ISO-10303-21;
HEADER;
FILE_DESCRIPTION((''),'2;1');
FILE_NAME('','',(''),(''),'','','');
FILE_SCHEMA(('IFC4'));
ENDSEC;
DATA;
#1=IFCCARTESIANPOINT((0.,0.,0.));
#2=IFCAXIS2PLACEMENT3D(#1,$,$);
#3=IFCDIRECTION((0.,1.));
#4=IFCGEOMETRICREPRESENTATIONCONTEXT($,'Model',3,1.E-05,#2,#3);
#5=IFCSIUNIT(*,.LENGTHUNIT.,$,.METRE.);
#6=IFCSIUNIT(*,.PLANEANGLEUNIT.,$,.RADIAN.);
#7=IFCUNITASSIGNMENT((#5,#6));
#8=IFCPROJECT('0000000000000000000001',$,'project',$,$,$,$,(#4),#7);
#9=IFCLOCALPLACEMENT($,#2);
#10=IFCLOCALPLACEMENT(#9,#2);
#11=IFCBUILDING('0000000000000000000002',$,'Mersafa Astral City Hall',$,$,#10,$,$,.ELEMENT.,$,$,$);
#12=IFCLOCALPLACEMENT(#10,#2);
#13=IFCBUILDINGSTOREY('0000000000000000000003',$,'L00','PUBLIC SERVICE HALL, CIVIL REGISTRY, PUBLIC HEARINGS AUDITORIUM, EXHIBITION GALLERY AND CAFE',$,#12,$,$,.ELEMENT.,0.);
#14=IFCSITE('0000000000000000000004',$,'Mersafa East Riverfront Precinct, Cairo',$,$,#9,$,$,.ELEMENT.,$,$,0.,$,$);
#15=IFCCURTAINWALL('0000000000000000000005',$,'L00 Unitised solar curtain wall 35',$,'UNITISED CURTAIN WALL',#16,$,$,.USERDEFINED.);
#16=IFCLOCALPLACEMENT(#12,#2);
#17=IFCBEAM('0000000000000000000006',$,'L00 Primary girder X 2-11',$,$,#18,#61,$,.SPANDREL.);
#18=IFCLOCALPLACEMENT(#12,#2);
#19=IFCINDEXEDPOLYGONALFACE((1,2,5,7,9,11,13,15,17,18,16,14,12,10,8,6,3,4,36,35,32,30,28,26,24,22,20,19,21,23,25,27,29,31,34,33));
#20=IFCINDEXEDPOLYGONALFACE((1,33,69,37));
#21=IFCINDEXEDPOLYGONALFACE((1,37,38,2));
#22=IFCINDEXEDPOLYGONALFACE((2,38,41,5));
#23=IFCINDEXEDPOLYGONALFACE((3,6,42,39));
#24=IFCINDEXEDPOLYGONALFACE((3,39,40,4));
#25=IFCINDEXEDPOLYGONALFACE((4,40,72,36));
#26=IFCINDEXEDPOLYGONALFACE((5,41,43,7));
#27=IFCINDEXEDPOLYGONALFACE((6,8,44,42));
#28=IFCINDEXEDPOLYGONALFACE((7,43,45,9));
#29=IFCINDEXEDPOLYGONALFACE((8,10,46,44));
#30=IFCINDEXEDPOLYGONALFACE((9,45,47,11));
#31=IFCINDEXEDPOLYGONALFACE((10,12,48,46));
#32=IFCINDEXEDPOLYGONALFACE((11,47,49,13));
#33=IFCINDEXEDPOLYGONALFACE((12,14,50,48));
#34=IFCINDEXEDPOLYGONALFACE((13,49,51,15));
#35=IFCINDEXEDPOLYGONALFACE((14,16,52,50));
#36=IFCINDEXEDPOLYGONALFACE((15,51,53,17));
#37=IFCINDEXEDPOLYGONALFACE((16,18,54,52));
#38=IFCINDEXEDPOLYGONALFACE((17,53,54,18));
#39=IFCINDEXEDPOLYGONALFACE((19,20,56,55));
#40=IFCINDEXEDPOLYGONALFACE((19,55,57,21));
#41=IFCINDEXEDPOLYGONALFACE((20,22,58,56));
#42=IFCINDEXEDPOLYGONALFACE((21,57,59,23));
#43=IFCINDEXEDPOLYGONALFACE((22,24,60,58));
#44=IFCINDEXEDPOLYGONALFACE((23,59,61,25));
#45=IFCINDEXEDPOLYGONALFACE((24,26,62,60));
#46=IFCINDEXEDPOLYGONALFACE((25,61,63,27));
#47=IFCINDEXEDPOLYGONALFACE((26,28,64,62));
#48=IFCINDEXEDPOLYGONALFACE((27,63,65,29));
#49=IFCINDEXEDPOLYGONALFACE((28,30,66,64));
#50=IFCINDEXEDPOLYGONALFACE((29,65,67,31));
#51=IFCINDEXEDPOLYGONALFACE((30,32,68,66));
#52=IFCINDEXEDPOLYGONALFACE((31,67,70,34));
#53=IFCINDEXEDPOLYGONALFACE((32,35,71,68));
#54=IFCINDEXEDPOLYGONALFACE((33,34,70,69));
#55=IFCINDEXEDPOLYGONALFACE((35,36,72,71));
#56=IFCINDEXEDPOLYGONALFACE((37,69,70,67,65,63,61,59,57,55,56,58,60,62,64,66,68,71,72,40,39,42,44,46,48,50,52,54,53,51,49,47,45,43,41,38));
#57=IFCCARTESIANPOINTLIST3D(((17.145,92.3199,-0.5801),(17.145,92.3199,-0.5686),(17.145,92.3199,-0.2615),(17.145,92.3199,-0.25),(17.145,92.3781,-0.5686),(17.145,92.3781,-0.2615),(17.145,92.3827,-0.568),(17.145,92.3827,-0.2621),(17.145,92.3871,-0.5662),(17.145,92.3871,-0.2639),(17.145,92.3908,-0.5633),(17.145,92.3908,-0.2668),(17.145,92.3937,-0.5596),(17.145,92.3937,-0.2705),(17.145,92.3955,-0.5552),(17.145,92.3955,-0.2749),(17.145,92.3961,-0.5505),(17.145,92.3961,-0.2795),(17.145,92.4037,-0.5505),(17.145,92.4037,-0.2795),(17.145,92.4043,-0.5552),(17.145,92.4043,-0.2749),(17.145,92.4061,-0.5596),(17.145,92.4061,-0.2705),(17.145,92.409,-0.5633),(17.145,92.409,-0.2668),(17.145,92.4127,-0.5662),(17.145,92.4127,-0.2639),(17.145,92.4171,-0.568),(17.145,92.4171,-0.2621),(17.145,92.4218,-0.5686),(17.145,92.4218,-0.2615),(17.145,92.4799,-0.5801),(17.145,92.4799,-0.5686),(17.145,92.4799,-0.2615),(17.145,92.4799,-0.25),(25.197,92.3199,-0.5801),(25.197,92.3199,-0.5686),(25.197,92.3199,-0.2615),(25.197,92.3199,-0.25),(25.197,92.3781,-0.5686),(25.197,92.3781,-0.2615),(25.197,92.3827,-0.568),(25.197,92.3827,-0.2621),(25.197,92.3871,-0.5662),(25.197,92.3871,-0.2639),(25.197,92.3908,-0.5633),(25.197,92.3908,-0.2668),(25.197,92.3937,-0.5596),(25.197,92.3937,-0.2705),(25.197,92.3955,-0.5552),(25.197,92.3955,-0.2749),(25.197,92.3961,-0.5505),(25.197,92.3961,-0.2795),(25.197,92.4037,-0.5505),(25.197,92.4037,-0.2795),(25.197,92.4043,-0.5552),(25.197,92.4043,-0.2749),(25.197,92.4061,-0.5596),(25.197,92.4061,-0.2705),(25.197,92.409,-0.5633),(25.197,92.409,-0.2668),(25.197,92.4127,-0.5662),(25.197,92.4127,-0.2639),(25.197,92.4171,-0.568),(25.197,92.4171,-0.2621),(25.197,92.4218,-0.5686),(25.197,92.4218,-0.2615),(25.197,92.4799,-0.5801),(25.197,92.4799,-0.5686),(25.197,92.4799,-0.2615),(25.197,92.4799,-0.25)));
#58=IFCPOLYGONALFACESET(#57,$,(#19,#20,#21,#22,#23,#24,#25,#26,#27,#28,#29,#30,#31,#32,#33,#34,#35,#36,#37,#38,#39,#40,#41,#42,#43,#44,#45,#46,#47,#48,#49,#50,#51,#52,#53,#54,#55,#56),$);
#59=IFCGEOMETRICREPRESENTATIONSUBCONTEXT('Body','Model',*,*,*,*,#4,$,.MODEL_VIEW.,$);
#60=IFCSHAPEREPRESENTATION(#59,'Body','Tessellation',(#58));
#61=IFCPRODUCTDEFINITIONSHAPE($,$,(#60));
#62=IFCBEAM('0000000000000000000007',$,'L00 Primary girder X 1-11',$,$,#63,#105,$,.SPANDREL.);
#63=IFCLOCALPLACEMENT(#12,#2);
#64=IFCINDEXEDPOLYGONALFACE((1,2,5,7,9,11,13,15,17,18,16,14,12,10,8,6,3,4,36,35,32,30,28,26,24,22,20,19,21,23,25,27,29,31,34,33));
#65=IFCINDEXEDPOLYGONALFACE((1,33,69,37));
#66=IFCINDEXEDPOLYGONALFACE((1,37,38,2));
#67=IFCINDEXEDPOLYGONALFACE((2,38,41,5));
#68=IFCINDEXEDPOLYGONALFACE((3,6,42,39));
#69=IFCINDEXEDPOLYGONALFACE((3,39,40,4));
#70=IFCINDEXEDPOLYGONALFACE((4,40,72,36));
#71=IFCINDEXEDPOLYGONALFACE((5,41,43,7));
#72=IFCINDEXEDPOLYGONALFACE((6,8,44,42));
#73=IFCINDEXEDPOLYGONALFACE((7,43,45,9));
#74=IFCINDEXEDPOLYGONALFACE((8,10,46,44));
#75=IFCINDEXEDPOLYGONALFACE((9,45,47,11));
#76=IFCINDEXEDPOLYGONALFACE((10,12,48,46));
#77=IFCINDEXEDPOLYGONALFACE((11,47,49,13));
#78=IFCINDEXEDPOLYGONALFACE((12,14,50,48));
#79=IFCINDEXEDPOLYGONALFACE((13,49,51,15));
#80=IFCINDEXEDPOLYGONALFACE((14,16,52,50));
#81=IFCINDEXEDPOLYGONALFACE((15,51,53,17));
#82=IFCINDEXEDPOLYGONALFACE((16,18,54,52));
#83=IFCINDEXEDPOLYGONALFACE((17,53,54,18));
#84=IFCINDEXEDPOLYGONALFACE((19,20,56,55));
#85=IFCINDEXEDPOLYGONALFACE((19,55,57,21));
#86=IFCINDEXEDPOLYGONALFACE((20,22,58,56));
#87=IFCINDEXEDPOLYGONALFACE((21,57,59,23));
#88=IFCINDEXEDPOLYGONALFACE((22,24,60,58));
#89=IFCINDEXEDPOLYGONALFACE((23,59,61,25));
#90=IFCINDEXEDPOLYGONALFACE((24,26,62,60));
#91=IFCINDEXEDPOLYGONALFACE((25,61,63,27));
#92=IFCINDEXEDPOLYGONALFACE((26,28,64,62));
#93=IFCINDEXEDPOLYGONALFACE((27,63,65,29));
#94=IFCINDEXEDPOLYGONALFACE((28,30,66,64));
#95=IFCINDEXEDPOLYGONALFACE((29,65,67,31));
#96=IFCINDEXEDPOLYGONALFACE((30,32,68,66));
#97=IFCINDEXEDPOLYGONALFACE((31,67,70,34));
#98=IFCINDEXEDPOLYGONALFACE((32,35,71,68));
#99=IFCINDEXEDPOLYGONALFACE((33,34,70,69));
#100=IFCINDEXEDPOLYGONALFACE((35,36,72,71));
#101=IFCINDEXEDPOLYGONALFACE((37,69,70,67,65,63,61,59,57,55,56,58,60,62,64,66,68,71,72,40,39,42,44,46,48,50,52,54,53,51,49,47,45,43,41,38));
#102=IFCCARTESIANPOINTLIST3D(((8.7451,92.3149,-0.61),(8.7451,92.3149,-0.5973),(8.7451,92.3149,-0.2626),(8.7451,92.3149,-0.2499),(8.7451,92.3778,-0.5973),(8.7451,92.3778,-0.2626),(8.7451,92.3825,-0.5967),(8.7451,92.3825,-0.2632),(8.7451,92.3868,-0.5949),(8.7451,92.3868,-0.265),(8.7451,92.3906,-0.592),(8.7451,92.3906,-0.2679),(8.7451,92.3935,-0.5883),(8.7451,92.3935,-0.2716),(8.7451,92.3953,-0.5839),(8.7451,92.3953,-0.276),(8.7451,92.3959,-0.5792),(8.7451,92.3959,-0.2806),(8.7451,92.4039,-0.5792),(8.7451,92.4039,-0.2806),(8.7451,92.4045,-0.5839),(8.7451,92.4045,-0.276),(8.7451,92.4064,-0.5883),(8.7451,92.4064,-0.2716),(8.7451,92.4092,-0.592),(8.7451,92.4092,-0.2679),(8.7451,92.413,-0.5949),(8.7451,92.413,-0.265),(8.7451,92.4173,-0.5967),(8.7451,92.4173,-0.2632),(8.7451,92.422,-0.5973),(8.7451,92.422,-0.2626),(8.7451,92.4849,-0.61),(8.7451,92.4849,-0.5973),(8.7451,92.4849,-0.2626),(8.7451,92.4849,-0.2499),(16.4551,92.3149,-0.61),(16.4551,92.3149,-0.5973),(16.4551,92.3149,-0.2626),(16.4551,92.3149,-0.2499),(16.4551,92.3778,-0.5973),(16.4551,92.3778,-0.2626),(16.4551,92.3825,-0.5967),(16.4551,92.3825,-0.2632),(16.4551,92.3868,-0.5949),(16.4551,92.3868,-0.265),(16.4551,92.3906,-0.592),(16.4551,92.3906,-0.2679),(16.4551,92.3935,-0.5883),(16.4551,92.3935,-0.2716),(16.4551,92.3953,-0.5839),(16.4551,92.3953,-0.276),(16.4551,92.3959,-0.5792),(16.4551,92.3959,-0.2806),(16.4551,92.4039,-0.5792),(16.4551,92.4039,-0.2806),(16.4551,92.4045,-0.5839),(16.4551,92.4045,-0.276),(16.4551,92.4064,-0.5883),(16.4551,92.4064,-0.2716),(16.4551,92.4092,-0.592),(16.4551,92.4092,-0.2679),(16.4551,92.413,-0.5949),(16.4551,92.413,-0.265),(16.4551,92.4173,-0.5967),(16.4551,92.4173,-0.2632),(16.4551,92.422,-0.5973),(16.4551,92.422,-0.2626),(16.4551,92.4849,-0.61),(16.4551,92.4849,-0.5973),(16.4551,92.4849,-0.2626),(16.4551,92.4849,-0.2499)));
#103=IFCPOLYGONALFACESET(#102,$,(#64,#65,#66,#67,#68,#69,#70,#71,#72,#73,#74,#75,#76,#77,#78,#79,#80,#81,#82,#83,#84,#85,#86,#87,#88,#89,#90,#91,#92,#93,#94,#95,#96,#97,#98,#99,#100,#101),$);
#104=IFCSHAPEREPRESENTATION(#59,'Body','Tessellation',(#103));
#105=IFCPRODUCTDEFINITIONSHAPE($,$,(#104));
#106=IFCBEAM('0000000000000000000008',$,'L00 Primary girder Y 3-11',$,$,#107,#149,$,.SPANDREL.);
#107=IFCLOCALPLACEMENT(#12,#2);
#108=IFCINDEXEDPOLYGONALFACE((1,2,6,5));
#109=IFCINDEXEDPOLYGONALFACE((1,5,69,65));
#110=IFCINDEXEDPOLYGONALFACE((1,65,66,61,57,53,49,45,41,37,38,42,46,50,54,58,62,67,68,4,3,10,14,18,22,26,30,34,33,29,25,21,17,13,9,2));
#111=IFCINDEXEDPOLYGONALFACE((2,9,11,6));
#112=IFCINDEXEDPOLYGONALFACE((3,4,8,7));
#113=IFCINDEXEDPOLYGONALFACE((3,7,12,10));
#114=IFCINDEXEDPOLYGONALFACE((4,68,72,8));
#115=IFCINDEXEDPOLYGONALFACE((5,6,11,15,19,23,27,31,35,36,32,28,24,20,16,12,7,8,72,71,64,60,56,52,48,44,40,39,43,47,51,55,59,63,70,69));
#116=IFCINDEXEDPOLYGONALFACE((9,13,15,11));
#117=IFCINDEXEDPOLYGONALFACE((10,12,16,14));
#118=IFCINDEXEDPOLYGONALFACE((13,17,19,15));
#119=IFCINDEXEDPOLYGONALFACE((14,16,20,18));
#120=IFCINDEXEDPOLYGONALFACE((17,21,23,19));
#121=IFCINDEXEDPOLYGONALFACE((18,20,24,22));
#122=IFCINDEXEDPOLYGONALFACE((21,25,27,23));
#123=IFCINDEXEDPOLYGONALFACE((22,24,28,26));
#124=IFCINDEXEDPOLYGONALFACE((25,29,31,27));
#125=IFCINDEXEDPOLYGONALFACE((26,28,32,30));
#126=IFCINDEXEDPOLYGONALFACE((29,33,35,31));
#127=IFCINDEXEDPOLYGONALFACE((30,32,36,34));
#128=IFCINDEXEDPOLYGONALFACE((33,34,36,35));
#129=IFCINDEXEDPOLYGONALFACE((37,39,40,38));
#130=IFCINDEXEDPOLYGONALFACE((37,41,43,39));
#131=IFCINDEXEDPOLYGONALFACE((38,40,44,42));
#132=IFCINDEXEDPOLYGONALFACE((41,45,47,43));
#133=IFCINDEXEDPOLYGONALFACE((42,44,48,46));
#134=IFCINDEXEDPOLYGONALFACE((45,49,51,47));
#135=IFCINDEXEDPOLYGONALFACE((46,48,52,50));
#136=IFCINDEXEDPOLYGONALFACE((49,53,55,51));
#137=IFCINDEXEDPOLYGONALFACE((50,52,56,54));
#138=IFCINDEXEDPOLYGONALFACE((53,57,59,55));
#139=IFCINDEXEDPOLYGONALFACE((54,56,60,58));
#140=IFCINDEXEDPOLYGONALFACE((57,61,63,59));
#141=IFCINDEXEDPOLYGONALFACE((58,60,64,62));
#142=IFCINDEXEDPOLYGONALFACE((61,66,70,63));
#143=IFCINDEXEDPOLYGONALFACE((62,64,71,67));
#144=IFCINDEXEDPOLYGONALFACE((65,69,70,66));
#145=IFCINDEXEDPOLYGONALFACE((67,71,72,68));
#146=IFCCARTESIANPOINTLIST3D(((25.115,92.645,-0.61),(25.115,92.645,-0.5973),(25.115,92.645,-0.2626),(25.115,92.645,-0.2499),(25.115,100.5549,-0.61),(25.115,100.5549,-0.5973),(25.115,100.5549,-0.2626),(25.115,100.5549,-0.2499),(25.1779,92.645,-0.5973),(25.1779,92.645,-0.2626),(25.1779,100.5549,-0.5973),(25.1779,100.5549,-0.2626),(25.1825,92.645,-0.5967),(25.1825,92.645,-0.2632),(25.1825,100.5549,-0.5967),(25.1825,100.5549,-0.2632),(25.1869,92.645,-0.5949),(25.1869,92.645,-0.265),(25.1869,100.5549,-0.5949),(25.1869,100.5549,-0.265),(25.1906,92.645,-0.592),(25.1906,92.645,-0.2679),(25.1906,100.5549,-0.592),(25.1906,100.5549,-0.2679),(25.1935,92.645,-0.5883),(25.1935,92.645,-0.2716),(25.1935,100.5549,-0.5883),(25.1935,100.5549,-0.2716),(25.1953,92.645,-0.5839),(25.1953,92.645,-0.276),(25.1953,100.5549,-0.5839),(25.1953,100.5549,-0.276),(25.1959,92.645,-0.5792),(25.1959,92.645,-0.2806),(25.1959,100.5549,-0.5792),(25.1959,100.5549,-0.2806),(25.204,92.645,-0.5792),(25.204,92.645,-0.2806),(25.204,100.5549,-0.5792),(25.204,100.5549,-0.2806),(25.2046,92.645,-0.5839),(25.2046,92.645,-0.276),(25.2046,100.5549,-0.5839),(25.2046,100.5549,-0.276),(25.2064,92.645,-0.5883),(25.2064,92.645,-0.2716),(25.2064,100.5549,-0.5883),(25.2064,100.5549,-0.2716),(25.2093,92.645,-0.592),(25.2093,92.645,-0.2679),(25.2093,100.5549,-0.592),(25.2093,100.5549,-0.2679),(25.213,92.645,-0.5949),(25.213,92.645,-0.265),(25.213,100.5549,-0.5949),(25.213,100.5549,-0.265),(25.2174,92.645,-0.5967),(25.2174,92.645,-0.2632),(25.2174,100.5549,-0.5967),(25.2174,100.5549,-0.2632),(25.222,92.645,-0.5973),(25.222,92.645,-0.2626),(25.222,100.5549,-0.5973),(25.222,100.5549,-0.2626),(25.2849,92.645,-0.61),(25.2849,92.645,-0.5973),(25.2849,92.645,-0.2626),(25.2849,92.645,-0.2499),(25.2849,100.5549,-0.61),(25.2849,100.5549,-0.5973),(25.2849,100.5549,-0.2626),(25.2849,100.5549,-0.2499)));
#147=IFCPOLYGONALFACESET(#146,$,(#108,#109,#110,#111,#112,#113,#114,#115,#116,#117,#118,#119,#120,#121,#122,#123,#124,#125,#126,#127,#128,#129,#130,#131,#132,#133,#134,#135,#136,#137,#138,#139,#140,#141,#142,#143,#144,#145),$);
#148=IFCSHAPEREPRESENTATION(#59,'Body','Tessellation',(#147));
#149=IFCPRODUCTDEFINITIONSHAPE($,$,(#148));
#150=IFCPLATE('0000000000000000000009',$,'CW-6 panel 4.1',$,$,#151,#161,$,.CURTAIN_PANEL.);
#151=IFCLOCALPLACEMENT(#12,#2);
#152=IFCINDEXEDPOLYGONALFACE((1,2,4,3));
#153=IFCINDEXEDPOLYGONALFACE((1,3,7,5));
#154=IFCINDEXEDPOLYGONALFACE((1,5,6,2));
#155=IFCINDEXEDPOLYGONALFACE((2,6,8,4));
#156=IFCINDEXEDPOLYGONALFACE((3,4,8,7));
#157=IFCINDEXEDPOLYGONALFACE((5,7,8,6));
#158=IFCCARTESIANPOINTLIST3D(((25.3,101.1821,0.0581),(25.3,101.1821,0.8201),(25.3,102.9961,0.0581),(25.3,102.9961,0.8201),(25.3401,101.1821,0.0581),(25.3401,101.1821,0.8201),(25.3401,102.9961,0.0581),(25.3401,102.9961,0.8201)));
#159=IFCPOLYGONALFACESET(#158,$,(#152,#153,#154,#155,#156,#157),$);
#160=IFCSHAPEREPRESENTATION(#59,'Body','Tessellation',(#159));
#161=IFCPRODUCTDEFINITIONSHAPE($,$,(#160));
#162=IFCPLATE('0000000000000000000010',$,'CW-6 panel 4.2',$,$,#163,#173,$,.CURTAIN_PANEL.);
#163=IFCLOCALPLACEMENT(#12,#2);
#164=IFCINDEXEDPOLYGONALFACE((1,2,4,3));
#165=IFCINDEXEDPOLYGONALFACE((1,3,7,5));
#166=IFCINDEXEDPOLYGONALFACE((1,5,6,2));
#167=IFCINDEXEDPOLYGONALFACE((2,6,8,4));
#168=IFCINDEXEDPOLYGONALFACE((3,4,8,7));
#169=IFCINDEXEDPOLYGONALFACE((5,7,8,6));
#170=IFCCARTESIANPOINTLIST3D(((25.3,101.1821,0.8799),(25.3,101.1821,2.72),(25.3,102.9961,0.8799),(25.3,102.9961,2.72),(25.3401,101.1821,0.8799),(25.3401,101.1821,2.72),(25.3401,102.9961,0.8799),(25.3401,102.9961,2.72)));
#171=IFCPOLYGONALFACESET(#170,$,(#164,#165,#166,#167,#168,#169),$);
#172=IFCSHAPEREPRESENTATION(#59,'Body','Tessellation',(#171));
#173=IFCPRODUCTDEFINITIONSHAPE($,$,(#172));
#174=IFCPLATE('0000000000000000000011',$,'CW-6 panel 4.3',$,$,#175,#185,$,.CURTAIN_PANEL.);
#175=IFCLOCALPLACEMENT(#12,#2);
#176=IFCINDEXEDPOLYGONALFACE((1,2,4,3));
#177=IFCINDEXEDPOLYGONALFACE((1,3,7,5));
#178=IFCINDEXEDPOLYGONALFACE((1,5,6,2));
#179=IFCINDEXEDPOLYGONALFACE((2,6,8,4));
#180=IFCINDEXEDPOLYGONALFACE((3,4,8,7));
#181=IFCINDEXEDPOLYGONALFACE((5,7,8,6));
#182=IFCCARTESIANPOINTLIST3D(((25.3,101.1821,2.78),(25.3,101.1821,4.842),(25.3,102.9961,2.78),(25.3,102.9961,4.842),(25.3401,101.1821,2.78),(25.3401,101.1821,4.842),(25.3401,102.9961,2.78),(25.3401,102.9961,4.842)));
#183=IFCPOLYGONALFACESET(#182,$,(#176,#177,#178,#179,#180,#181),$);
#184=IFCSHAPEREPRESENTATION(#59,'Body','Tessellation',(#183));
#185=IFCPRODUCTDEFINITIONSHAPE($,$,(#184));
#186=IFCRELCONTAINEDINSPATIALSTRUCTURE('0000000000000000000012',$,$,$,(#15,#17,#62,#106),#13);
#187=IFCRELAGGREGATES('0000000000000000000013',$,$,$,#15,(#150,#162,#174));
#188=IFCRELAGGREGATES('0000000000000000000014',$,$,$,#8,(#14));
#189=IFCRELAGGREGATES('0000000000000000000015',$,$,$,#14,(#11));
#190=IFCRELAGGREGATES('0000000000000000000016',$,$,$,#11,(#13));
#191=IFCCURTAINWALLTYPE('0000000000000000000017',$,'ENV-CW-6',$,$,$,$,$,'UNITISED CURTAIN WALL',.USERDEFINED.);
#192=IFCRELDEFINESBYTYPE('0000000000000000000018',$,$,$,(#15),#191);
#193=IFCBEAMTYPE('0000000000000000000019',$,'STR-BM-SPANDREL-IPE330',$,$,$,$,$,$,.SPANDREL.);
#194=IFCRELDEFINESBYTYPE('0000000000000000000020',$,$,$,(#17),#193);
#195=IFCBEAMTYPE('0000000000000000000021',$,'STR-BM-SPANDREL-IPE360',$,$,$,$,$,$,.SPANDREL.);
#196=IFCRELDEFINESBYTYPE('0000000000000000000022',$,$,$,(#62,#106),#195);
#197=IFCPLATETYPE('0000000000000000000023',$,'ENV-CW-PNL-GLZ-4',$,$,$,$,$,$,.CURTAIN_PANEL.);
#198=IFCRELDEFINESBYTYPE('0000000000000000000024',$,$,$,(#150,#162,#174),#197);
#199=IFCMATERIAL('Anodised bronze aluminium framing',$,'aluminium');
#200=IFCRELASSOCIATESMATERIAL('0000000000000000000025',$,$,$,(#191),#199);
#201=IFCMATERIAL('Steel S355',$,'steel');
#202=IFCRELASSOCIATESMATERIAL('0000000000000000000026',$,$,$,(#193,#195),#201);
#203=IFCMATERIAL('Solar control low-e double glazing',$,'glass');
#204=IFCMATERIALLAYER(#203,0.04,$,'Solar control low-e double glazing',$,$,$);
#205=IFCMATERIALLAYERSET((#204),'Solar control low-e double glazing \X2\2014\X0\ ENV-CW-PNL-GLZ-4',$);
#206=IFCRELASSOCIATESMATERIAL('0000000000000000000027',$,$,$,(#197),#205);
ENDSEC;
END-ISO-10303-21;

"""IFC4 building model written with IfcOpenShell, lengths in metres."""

from ifc_helpers import new_model, si_unit, direction, frame, origin, origin_2d, place, context, subcontext, project, spatial, rectangle, i_section, extrude, material, layer, layer_set, material_profile, profile_set, type_object, element, aggregate, save


model = new_model("IFC4")

# Units and contexts
model_context = context("Model", 3, precision=1e-05, world=origin(), true_north=direction((0.0, 1.0)))
body_context = subcontext(model_context, "Body", "Model", "MODEL_VIEW")
ifc_project = project(units=[si_unit("LENGTHUNIT", "METRE"), si_unit("PLANEANGLEUNIT", "RADIAN")], contexts=[model_context])

# Site, building, storey
site_placement = place(None, origin())
site = spatial("IfcSite", under=ifc_project, at=site_placement, Name="Mersafa East Riverfront Precinct, Cairo", CompositionType="ELEMENT", RefElevation=0.0)
building_placement = place(site_placement, origin())
building = spatial("IfcBuilding", under=site, at=building_placement, Name="Mersafa Astral City Hall", CompositionType="ELEMENT")
storey_placement = place(building_placement, origin())
storey = spatial("IfcBuildingStorey", under=building, at=storey_placement, Name="L00", Description="PUBLIC SERVICE HALL, CIVIL REGISTRY, PUBLIC HEARINGS AUDITORIUM, EXHIBITION GALLERY AND CAFE", CompositionType="ELEMENT", Elevation=0.0)

# Shared definitions
ifc_material_1 = material(Name="Steel S355", Category="steel")

# Curtain wall
ifc_material_2 = material(Name="Anodised bronze aluminium framing", Category="aluminium")
curtain_wall_type = type_object("IfcCurtainWallType", Name="ENV-CW-6", ElementType="UNITISED CURTAIN WALL", PredefinedType="USERDEFINED", material=ifc_material_2)
curtain_wall_placement = place(storey_placement, origin())
curtain_wall = element("IfcCurtainWall", 1, at=curtain_wall_placement, inside=storey, type_object=curtain_wall_type, Name="L00 Unitised solar curtain wall 35", ObjectType="UNITISED CURTAIN WALL", PredefinedType="USERDEFINED")

# Beams
ifc_material_profile_1 = material_profile(ifc_material_1, i_section(OverallWidth=0.1599, OverallDepth=0.3301, WebThickness=0.0076, FlangeThickness=0.0115, FilletRadius=0.0181, at=origin_2d()), Name="IPE 330")
ifc_profile_set_1 = profile_set([ifc_material_profile_1], Name="Steel S355")
beam_type_1 = type_object("IfcBeamType", Name="STR-BM-SPANDREL-IPE330", PredefinedType="SPANDREL", material=ifc_profile_set_1)
beam_1_placement = place(storey_placement, frame((17.145, 92.3999, -0.415), z_axis=(1.0, 0.0, 0.0), x_axis=(0.0, 1.0, 0.0)))
element("IfcBeam", 2, at=beam_1_placement, inside=storey, type_object=beam_type_1, Name="L00 Primary girder X 2-11", PredefinedType="SPANDREL", context=body_context, shape_type="SweptSolid", body=[
    extrude(i_section(OverallWidth=0.1599, OverallDepth=0.3301, WebThickness=0.0076, FlangeThickness=0.0115, FilletRadius=0.0181, at=origin_2d()), origin(), (0.0, 0.0, 1.0), 8.052),
])
ifc_material_profile_2 = material_profile(ifc_material_1, i_section(OverallWidth=0.1699, OverallDepth=0.3601, WebThickness=0.0081, FlangeThickness=0.0127, FilletRadius=0.0181, at=origin_2d()), Name="IPE 360")
ifc_profile_set_2 = profile_set([ifc_material_profile_2], Name="Steel S355")
beam_type_2 = type_object("IfcBeamType", Name="STR-BM-SPANDREL-IPE360", PredefinedType="SPANDREL", material=ifc_profile_set_2)
beam_2_placement = place(storey_placement, frame((8.7451, 92.3999, -0.4299), z_axis=(1.0, 0.0, 0.0), x_axis=(0.0, 1.0, 0.0)))
element("IfcBeam", 3, at=beam_2_placement, inside=storey, type_object=beam_type_2, Name="L00 Primary girder X 1-11", PredefinedType="SPANDREL", context=body_context, shape_type="SweptSolid", body=[
    extrude(i_section(OverallWidth=0.1699, OverallDepth=0.3601, WebThickness=0.0081, FlangeThickness=0.0127, FilletRadius=0.0181, at=origin_2d()), origin(), (0.0, 0.0, 1.0), 7.71),
])
beam_3_placement = place(storey_placement, frame((25.2, 92.645, -0.4299), z_axis=(0.0, 1.0, 0.0), x_axis=(-1.0, 0.0, 0.0)))
element("IfcBeam", 4, at=beam_3_placement, inside=storey, type_object=beam_type_2, Name="L00 Primary girder Y 3-11", PredefinedType="SPANDREL", context=body_context, shape_type="SweptSolid", body=[
    extrude(i_section(OverallWidth=0.1699, OverallDepth=0.3601, WebThickness=0.0081, FlangeThickness=0.0127, FilletRadius=0.0181, at=origin_2d()), origin(), (0.0, 0.0, 1.0), 7.9099),
])

# Plates
ifc_material_3 = material(Name="Solar control low-e double glazing", Category="glass")
ifc_layer_1 = layer(ifc_material_3, 0.04, Name="Solar control low-e double glazing")
ifc_layer_set_1 = layer_set([ifc_layer_1], Name="Solar control low-e double glazing — ENV-CW-PNL-GLZ-4")
plate_type = type_object("IfcPlateType", Name="ENV-CW-PNL-GLZ-4", PredefinedType="CURTAIN_PANEL", material=ifc_layer_set_1)
plate_1_placement = place(storey_placement, frame((25.3201, 102.0891, 0.0581), z_axis=(0.0, 0.0, 1.0), x_axis=(0.0, -1.0, 0.0)))
plate_1 = element("IfcPlate", 5, at=plate_1_placement, type_object=plate_type, Name="CW-6 panel 4.1", PredefinedType="CURTAIN_PANEL", context=body_context, shape_type="SweptSolid", body=[
    extrude(rectangle(XDim=1.814, YDim=0.04, at=origin_2d()), origin(), (0.0, 0.0, 1.0), 0.762),
])
plate_2_placement = place(storey_placement, frame((25.3201, 102.0891, 0.8799), z_axis=(0.0, 0.0, 1.0), x_axis=(0.0, -1.0, 0.0)))
plate_2 = element("IfcPlate", 6, at=plate_2_placement, type_object=plate_type, Name="CW-6 panel 4.2", PredefinedType="CURTAIN_PANEL", context=body_context, shape_type="SweptSolid", body=[
    extrude(rectangle(XDim=1.814, YDim=0.04, at=origin_2d()), origin(), (0.0, 0.0, 1.0), 1.8401),
])
plate_3_placement = place(storey_placement, frame((25.3201, 102.0891, 2.78), z_axis=(0.0, 0.0, 1.0), x_axis=(0.0, -1.0, 0.0)))
plate_3 = element("IfcPlate", 7, at=plate_3_placement, type_object=plate_type, Name="CW-6 panel 4.3", PredefinedType="CURTAIN_PANEL", context=body_context, shape_type="SweptSolid", body=[
    extrude(rectangle(XDim=1.814, YDim=0.04, at=origin_2d()), origin(), (0.0, 0.0, 1.0), 2.062),
])
aggregate(curtain_wall, [plate_1, plate_2, plate_3])

save(model, "model.ifc")
